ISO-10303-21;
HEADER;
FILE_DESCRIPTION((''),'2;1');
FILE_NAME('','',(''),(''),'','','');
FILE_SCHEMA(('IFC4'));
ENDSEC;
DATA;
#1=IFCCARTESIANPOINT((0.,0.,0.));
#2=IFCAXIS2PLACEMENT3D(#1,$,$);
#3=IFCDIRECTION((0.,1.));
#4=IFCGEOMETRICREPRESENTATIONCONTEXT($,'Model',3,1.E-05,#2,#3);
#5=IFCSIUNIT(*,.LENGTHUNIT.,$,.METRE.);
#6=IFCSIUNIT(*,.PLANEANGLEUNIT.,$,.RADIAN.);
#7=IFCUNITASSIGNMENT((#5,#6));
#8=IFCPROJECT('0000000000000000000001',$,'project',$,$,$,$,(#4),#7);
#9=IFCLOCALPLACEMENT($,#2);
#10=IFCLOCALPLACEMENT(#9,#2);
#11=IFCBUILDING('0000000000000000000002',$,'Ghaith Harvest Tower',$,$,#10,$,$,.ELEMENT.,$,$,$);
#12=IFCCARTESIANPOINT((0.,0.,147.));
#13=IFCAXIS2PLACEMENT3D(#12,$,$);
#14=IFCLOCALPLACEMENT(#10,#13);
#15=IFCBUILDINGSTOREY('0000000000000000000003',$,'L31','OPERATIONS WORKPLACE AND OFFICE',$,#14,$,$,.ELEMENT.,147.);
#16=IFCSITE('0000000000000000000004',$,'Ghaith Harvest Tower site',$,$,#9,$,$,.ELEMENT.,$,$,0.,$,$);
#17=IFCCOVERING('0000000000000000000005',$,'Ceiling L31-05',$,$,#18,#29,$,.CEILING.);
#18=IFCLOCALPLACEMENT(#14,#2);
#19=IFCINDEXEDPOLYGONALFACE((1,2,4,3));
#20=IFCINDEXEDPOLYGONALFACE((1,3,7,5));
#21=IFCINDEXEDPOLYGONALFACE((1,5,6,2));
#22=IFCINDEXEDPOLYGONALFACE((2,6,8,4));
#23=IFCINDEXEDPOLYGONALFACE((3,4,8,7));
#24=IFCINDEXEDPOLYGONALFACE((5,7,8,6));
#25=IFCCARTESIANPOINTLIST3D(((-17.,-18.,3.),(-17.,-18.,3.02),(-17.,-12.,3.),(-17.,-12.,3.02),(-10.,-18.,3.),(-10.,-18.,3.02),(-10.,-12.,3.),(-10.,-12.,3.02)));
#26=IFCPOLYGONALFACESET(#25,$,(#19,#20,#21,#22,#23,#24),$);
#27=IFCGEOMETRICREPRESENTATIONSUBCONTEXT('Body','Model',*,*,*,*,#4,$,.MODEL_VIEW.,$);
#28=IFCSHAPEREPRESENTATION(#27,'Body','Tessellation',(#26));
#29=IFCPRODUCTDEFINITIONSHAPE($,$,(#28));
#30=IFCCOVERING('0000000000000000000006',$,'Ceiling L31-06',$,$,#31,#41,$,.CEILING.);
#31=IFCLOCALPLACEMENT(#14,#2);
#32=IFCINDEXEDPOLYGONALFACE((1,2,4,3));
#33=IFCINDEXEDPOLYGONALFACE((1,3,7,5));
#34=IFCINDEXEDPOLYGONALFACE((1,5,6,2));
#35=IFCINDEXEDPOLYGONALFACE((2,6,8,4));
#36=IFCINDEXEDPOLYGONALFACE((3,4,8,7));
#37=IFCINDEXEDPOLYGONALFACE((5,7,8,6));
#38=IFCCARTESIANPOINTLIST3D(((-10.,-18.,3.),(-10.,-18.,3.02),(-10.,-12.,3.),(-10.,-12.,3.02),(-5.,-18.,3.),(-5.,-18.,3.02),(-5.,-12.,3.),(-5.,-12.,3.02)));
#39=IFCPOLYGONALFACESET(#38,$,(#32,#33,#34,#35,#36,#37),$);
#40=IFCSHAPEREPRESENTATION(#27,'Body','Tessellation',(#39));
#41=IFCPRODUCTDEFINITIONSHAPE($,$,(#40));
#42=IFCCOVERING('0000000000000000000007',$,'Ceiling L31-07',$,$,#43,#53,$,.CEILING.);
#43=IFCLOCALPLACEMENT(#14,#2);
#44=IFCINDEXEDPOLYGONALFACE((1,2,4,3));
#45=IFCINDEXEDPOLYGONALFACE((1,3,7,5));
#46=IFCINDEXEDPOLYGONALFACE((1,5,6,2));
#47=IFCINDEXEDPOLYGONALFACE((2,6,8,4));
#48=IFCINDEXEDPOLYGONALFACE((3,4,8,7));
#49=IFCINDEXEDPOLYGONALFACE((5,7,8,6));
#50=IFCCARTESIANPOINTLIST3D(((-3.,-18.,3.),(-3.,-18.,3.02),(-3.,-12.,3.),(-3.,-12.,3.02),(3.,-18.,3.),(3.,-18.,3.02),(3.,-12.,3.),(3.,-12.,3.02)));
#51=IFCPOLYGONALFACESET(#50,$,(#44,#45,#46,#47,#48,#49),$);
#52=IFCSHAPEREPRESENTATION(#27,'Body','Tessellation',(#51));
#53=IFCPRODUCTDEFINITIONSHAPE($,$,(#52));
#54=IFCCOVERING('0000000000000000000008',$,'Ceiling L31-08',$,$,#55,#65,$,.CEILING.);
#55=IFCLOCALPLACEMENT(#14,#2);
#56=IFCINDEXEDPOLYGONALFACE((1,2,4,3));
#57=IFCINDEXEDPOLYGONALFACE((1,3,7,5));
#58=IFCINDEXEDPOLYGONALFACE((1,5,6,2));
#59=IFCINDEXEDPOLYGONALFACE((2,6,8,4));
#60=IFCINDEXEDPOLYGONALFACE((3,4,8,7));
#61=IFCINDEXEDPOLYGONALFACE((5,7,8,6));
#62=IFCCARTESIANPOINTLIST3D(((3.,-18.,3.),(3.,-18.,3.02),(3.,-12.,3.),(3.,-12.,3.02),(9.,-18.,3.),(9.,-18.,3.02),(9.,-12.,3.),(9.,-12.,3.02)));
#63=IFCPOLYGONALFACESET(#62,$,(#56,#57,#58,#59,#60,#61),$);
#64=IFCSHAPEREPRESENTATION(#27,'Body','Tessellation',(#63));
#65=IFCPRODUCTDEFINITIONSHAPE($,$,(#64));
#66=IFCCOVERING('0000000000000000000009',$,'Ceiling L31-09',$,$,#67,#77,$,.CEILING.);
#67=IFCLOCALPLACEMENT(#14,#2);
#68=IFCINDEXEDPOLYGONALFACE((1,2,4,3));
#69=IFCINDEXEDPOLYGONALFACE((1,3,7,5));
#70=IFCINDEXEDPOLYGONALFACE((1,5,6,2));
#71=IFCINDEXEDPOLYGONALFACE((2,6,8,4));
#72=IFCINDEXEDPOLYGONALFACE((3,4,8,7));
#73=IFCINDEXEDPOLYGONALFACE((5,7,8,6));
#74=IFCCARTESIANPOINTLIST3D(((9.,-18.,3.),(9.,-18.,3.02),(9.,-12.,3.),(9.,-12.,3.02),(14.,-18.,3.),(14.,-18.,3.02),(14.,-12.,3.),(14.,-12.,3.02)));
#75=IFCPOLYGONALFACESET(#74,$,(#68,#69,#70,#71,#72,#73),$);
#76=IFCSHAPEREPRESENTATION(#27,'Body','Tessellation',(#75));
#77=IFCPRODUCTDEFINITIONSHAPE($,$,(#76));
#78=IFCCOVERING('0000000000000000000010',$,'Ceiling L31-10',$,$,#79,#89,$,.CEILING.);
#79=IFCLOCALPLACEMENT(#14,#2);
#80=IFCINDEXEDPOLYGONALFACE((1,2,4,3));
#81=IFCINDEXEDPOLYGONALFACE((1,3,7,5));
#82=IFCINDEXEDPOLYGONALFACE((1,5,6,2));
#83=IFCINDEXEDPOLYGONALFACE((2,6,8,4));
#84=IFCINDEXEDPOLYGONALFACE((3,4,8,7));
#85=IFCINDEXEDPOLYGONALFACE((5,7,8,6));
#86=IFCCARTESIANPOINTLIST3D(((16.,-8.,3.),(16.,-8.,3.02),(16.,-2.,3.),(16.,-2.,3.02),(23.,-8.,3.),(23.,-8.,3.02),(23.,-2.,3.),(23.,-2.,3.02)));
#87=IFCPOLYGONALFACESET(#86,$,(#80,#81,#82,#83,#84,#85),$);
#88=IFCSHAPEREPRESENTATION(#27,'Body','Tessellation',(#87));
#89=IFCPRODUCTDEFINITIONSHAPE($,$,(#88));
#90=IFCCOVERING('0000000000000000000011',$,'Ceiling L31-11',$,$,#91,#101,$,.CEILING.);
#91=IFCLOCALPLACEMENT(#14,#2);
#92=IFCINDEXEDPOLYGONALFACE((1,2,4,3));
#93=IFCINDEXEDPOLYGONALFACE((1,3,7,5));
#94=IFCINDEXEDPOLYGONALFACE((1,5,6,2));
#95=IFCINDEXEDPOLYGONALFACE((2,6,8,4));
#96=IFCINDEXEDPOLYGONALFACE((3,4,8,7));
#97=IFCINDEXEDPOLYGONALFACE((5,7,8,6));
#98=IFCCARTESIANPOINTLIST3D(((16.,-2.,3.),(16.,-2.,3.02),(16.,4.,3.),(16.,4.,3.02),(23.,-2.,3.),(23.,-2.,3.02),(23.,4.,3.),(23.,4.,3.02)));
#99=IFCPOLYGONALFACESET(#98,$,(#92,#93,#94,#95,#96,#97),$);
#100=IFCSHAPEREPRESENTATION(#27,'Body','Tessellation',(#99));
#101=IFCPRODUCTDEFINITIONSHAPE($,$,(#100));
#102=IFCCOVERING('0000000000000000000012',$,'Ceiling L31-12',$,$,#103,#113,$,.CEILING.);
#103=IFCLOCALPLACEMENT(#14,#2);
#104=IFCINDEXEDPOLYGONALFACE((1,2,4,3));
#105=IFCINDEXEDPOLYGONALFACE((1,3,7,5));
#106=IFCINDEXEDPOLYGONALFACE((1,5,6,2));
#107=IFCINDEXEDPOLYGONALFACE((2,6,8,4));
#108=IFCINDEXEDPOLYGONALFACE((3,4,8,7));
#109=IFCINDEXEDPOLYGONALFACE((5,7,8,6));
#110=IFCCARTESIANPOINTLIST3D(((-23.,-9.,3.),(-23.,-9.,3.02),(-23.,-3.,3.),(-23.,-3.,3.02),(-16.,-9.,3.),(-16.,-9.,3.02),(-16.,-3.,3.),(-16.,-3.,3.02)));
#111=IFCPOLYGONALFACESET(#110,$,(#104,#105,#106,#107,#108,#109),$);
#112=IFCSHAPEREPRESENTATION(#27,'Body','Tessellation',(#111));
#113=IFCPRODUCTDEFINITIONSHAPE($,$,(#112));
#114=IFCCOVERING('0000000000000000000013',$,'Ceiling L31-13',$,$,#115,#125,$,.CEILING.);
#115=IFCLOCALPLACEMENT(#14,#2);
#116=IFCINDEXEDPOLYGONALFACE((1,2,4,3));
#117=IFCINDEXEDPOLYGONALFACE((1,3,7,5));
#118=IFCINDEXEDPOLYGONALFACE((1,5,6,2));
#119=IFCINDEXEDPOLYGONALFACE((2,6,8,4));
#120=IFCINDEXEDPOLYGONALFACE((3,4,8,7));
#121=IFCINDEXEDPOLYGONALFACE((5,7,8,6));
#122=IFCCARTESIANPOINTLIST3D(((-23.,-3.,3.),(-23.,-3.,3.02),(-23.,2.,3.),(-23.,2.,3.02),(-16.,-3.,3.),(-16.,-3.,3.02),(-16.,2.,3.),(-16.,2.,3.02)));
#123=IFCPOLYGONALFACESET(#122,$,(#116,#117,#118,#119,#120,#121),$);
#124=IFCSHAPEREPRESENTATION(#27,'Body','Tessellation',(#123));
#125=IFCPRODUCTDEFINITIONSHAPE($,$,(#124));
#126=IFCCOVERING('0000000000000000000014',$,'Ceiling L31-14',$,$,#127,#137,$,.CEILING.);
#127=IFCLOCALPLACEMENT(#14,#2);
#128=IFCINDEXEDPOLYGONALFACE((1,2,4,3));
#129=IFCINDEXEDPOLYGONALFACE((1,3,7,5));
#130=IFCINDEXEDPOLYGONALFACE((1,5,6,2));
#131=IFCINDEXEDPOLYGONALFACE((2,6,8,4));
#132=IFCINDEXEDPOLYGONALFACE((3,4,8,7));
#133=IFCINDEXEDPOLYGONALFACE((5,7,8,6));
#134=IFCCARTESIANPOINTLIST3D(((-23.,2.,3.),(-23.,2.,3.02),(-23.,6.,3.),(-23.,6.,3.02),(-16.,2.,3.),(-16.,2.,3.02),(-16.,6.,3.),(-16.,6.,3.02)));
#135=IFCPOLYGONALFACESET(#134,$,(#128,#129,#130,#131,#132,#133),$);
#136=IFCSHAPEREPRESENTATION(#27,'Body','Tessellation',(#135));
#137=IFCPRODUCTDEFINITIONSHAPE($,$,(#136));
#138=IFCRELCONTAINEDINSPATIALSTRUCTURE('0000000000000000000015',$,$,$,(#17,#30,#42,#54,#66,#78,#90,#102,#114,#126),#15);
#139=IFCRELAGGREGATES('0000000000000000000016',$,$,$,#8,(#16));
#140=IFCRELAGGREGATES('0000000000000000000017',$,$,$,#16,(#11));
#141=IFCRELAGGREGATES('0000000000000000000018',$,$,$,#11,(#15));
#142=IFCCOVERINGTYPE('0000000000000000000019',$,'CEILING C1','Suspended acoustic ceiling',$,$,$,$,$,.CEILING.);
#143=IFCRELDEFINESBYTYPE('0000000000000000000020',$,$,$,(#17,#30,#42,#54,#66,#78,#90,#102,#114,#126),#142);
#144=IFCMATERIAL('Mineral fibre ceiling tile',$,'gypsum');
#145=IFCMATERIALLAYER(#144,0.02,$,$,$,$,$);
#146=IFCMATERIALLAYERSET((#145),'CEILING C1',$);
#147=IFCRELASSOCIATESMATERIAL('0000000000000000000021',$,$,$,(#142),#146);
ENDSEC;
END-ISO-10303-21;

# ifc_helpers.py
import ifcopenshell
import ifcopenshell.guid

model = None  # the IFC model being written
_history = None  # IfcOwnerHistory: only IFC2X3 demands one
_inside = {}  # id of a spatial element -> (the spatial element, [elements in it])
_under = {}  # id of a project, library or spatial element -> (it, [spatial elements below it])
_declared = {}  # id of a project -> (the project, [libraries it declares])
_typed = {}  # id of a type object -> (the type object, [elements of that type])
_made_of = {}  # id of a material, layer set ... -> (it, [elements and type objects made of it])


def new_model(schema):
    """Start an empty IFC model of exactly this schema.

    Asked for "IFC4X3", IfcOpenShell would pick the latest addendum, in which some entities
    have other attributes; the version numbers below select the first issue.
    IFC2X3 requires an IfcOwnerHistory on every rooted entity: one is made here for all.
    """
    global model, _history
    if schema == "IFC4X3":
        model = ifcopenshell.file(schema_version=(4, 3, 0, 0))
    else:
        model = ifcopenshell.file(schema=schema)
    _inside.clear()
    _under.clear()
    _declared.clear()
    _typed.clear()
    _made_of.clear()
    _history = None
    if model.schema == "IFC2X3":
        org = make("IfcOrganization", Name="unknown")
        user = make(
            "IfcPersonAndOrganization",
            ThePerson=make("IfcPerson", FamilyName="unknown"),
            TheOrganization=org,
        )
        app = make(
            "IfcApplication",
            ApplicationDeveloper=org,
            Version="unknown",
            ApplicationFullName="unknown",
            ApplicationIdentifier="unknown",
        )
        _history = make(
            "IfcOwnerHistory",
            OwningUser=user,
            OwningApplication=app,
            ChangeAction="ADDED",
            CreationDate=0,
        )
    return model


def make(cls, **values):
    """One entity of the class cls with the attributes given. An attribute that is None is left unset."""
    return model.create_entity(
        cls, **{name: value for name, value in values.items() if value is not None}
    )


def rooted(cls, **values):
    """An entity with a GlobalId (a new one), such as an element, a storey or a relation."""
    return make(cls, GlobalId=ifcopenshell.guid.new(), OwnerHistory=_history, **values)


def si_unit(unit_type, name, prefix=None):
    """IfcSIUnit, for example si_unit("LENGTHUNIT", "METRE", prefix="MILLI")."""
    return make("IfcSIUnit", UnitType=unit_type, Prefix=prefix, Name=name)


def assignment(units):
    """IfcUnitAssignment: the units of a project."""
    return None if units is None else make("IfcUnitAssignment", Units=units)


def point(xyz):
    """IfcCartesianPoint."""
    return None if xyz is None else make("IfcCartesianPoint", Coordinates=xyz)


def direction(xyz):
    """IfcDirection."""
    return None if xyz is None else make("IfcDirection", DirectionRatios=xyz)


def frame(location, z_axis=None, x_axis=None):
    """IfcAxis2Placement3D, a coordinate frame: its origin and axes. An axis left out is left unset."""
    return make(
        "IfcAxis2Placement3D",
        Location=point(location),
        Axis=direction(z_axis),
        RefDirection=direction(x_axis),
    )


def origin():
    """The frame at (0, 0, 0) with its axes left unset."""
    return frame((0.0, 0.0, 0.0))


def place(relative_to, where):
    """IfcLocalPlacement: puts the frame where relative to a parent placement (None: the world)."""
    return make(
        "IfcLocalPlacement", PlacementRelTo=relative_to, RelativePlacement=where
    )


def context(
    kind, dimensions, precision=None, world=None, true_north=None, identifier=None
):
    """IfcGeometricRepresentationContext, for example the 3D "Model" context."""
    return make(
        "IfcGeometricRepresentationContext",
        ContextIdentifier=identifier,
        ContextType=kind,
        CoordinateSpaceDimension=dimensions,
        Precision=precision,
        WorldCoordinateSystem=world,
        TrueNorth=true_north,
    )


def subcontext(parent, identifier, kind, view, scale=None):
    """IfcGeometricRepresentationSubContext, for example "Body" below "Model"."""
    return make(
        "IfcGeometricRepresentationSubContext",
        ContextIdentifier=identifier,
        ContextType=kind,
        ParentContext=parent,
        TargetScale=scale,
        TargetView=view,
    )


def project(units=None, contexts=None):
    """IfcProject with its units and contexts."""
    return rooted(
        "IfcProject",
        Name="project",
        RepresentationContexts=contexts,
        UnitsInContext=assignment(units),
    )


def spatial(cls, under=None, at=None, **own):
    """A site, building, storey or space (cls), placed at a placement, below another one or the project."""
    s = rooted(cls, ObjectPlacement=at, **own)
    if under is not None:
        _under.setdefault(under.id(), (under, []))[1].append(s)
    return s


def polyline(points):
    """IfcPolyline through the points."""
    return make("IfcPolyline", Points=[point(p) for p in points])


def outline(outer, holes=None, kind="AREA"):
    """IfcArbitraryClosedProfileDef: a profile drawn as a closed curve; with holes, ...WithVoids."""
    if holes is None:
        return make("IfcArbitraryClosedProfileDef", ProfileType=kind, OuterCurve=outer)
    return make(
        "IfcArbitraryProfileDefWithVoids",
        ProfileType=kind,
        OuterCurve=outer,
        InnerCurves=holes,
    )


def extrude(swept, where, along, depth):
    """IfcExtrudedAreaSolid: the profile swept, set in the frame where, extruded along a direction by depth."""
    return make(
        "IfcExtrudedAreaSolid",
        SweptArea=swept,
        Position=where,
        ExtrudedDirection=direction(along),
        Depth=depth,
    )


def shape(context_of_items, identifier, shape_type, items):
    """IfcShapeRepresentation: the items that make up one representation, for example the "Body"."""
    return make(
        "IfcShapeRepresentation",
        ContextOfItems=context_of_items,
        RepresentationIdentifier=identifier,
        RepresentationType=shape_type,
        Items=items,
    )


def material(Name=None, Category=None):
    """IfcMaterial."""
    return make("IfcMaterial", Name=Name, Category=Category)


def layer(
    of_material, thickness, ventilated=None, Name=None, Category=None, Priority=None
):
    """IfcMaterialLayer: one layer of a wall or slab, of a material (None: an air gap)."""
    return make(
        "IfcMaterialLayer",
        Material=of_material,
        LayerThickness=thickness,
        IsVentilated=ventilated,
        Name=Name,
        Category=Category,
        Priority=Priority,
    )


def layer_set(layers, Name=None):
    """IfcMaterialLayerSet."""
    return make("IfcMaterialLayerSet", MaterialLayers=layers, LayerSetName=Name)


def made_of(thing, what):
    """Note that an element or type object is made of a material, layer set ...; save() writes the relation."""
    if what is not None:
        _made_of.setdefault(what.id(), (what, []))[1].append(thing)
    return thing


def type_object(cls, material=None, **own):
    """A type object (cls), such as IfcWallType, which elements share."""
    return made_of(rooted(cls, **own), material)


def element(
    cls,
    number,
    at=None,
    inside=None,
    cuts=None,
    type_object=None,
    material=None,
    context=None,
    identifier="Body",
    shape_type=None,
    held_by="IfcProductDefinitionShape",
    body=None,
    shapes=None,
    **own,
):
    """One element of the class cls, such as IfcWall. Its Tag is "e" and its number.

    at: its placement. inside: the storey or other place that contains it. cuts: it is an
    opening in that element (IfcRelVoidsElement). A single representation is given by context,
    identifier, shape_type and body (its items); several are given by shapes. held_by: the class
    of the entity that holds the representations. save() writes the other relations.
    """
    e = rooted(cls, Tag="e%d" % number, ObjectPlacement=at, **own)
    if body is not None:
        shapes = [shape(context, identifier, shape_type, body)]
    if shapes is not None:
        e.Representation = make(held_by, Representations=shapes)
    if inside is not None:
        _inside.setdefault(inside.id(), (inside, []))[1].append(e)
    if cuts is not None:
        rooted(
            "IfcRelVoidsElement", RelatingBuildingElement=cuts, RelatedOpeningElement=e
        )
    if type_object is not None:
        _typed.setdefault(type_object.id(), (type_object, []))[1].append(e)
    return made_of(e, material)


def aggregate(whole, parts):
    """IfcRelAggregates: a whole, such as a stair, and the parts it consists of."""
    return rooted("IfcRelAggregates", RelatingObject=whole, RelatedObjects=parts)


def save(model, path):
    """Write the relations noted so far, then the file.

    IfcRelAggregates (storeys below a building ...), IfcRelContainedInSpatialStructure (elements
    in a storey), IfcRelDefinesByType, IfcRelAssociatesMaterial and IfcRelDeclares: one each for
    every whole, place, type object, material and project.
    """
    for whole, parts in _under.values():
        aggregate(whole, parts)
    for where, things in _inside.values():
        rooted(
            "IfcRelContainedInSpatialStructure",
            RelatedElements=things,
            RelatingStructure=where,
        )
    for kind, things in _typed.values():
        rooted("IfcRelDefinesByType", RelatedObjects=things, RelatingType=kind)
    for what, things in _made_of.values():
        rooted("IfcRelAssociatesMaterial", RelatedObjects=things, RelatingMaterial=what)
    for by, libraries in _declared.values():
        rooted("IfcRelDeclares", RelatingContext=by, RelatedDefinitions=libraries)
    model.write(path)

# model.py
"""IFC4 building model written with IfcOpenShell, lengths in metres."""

from ifc_helpers import new_model, si_unit, direction, frame, origin, place, context, subcontext, project, spatial, polyline, outline, extrude, material, layer, layer_set, type_object, element, save


model = new_model("IFC4")

# Units and contexts
model_context = context("Model", 3, precision=1e-05, world=origin(), true_north=direction((0.0, 1.0)))
body_context = subcontext(model_context, "Body", "Model", "MODEL_VIEW")
ifc_project = project(units=[si_unit("LENGTHUNIT", "METRE"), si_unit("PLANEANGLEUNIT", "RADIAN")], contexts=[model_context])

# Site, building, storey
site_placement = place(None, origin())
site = spatial("IfcSite", under=ifc_project, at=site_placement, Name="Ghaith Harvest Tower site", CompositionType="ELEMENT", RefElevation=0.0)
building_placement = place(site_placement, origin())
building = spatial("IfcBuilding", under=site, at=building_placement, Name="Ghaith Harvest Tower", CompositionType="ELEMENT")
storey_placement = place(building_placement, frame((0.0, 0.0, 147.0)))
storey = spatial("IfcBuildingStorey", under=building, at=storey_placement, Name="L31", Description="OPERATIONS WORKPLACE AND OFFICE", CompositionType="ELEMENT", Elevation=147.0)

# Coverings
ifc_material_1 = material(Name="Mineral fibre ceiling tile", Category="gypsum")
ifc_layer_1 = layer(ifc_material_1, 0.02)
ifc_layer_set_1 = layer_set([ifc_layer_1], Name="CEILING C1")
covering_type = type_object("IfcCoveringType", Name="CEILING C1", Description="Suspended acoustic ceiling", PredefinedType="CEILING", material=ifc_layer_set_1)
covering_1_placement = place(storey_placement, frame((0.0, 0.0, 3.0)))
element("IfcCovering", 1, at=covering_1_placement, inside=storey, type_object=covering_type, Name="Ceiling L31-05", PredefinedType="CEILING", context=body_context, shape_type="SweptSolid", body=[
    extrude(outline(polyline([(-17.0, -18.0), (-10.0, -18.0), (-10.0, -12.0), (-17.0, -12.0), (-17.0, -18.0)])), origin(), (0.0, 0.0, 1.0), 0.02),
])
covering_2_placement = place(storey_placement, frame((0.0, 0.0, 3.0)))
element("IfcCovering", 2, at=covering_2_placement, inside=storey, type_object=covering_type, Name="Ceiling L31-06", PredefinedType="CEILING", context=body_context, shape_type="SweptSolid", body=[
    extrude(outline(polyline([(-10.0, -18.0), (-5.0, -18.0), (-5.0, -12.0), (-10.0, -12.0), (-10.0, -18.0)])), origin(), (0.0, 0.0, 1.0), 0.02),
])
covering_3_placement = place(storey_placement, frame((0.0, 0.0, 3.0)))
element("IfcCovering", 3, at=covering_3_placement, inside=storey, type_object=covering_type, Name="Ceiling L31-07", PredefinedType="CEILING", context=body_context, shape_type="SweptSolid", body=[
    extrude(outline(polyline([(-3.0, -18.0), (3.0, -18.0), (3.0, -12.0), (-3.0, -12.0), (-3.0, -18.0)])), origin(), (0.0, 0.0, 1.0), 0.02),
])
covering_4_placement = place(storey_placement, frame((0.0, 0.0, 3.0)))
element("IfcCovering", 4, at=covering_4_placement, inside=storey, type_object=covering_type, Name="Ceiling L31-08", PredefinedType="CEILING", context=body_context, shape_type="SweptSolid", body=[
    extrude(outline(polyline([(3.0, -18.0), (9.0, -18.0), (9.0, -12.0), (3.0, -12.0), (3.0, -18.0)])), origin(), (0.0, 0.0, 1.0), 0.02),
])
covering_5_placement = place(storey_placement, frame((0.0, 0.0, 3.0)))
element("IfcCovering", 5, at=covering_5_placement, inside=storey, type_object=covering_type, Name="Ceiling L31-09", PredefinedType="CEILING", context=body_context, shape_type="SweptSolid", body=[
    extrude(outline(polyline([(9.0, -18.0), (14.0, -18.0), (14.0, -12.0), (9.0, -12.0), (9.0, -18.0)])), origin(), (0.0, 0.0, 1.0), 0.02),
])
covering_6_placement = place(storey_placement, frame((0.0, 0.0, 3.0)))
element("IfcCovering", 6, at=covering_6_placement, inside=storey, type_object=covering_type, Name="Ceiling L31-10", PredefinedType="CEILING", context=body_context, shape_type="SweptSolid", body=[
    extrude(outline(polyline([(16.0, -8.0), (23.0, -8.0), (23.0, -2.0), (16.0, -2.0), (16.0, -8.0)])), origin(), (0.0, 0.0, 1.0), 0.02),
])
covering_7_placement = place(storey_placement, frame((0.0, 0.0, 3.0)))
element("IfcCovering", 7, at=covering_7_placement, inside=storey, type_object=covering_type, Name="Ceiling L31-11", PredefinedType="CEILING", context=body_context, shape_type="SweptSolid", body=[
    extrude(outline(polyline([(16.0, -2.0), (23.0, -2.0), (23.0, 4.0), (16.0, 4.0), (16.0, -2.0)])), origin(), (0.0, 0.0, 1.0), 0.02),
])
covering_8_placement = place(storey_placement, frame((0.0, 0.0, 3.0)))
element("IfcCovering", 8, at=covering_8_placement, inside=storey, type_object=covering_type, Name="Ceiling L31-12", PredefinedType="CEILING", context=body_context, shape_type="SweptSolid", body=[
    extrude(outline(polyline([(-23.0, -9.0), (-16.0, -9.0), (-16.0, -3.0), (-23.0, -3.0), (-23.0, -9.0)])), origin(), (0.0, 0.0, 1.0), 0.02),
])
covering_9_placement = place(storey_placement, frame((0.0, 0.0, 3.0)))
element("IfcCovering", 9, at=covering_9_placement, inside=storey, type_object=covering_type, Name="Ceiling L31-13", PredefinedType="CEILING", context=body_context, shape_type="SweptSolid", body=[
    extrude(outline(polyline([(-23.0, -3.0), (-16.0, -3.0), (-16.0, 2.0), (-23.0, 2.0), (-23.0, -3.0)])), origin(), (0.0, 0.0, 1.0), 0.02),
])
covering_10_placement = place(storey_placement, frame((0.0, 0.0, 3.0)))
element("IfcCovering", 10, at=covering_10_placement, inside=storey, type_object=covering_type, Name="Ceiling L31-14", PredefinedType="CEILING", context=body_context, shape_type="SweptSolid", body=[
    extrude(outline(polyline([(-23.0, 2.0), (-16.0, 2.0), (-16.0, 6.0), (-23.0, 6.0), (-23.0, 2.0)])), origin(), (0.0, 0.0, 1.0), 0.02),
])

save(model, "model.ifc")
